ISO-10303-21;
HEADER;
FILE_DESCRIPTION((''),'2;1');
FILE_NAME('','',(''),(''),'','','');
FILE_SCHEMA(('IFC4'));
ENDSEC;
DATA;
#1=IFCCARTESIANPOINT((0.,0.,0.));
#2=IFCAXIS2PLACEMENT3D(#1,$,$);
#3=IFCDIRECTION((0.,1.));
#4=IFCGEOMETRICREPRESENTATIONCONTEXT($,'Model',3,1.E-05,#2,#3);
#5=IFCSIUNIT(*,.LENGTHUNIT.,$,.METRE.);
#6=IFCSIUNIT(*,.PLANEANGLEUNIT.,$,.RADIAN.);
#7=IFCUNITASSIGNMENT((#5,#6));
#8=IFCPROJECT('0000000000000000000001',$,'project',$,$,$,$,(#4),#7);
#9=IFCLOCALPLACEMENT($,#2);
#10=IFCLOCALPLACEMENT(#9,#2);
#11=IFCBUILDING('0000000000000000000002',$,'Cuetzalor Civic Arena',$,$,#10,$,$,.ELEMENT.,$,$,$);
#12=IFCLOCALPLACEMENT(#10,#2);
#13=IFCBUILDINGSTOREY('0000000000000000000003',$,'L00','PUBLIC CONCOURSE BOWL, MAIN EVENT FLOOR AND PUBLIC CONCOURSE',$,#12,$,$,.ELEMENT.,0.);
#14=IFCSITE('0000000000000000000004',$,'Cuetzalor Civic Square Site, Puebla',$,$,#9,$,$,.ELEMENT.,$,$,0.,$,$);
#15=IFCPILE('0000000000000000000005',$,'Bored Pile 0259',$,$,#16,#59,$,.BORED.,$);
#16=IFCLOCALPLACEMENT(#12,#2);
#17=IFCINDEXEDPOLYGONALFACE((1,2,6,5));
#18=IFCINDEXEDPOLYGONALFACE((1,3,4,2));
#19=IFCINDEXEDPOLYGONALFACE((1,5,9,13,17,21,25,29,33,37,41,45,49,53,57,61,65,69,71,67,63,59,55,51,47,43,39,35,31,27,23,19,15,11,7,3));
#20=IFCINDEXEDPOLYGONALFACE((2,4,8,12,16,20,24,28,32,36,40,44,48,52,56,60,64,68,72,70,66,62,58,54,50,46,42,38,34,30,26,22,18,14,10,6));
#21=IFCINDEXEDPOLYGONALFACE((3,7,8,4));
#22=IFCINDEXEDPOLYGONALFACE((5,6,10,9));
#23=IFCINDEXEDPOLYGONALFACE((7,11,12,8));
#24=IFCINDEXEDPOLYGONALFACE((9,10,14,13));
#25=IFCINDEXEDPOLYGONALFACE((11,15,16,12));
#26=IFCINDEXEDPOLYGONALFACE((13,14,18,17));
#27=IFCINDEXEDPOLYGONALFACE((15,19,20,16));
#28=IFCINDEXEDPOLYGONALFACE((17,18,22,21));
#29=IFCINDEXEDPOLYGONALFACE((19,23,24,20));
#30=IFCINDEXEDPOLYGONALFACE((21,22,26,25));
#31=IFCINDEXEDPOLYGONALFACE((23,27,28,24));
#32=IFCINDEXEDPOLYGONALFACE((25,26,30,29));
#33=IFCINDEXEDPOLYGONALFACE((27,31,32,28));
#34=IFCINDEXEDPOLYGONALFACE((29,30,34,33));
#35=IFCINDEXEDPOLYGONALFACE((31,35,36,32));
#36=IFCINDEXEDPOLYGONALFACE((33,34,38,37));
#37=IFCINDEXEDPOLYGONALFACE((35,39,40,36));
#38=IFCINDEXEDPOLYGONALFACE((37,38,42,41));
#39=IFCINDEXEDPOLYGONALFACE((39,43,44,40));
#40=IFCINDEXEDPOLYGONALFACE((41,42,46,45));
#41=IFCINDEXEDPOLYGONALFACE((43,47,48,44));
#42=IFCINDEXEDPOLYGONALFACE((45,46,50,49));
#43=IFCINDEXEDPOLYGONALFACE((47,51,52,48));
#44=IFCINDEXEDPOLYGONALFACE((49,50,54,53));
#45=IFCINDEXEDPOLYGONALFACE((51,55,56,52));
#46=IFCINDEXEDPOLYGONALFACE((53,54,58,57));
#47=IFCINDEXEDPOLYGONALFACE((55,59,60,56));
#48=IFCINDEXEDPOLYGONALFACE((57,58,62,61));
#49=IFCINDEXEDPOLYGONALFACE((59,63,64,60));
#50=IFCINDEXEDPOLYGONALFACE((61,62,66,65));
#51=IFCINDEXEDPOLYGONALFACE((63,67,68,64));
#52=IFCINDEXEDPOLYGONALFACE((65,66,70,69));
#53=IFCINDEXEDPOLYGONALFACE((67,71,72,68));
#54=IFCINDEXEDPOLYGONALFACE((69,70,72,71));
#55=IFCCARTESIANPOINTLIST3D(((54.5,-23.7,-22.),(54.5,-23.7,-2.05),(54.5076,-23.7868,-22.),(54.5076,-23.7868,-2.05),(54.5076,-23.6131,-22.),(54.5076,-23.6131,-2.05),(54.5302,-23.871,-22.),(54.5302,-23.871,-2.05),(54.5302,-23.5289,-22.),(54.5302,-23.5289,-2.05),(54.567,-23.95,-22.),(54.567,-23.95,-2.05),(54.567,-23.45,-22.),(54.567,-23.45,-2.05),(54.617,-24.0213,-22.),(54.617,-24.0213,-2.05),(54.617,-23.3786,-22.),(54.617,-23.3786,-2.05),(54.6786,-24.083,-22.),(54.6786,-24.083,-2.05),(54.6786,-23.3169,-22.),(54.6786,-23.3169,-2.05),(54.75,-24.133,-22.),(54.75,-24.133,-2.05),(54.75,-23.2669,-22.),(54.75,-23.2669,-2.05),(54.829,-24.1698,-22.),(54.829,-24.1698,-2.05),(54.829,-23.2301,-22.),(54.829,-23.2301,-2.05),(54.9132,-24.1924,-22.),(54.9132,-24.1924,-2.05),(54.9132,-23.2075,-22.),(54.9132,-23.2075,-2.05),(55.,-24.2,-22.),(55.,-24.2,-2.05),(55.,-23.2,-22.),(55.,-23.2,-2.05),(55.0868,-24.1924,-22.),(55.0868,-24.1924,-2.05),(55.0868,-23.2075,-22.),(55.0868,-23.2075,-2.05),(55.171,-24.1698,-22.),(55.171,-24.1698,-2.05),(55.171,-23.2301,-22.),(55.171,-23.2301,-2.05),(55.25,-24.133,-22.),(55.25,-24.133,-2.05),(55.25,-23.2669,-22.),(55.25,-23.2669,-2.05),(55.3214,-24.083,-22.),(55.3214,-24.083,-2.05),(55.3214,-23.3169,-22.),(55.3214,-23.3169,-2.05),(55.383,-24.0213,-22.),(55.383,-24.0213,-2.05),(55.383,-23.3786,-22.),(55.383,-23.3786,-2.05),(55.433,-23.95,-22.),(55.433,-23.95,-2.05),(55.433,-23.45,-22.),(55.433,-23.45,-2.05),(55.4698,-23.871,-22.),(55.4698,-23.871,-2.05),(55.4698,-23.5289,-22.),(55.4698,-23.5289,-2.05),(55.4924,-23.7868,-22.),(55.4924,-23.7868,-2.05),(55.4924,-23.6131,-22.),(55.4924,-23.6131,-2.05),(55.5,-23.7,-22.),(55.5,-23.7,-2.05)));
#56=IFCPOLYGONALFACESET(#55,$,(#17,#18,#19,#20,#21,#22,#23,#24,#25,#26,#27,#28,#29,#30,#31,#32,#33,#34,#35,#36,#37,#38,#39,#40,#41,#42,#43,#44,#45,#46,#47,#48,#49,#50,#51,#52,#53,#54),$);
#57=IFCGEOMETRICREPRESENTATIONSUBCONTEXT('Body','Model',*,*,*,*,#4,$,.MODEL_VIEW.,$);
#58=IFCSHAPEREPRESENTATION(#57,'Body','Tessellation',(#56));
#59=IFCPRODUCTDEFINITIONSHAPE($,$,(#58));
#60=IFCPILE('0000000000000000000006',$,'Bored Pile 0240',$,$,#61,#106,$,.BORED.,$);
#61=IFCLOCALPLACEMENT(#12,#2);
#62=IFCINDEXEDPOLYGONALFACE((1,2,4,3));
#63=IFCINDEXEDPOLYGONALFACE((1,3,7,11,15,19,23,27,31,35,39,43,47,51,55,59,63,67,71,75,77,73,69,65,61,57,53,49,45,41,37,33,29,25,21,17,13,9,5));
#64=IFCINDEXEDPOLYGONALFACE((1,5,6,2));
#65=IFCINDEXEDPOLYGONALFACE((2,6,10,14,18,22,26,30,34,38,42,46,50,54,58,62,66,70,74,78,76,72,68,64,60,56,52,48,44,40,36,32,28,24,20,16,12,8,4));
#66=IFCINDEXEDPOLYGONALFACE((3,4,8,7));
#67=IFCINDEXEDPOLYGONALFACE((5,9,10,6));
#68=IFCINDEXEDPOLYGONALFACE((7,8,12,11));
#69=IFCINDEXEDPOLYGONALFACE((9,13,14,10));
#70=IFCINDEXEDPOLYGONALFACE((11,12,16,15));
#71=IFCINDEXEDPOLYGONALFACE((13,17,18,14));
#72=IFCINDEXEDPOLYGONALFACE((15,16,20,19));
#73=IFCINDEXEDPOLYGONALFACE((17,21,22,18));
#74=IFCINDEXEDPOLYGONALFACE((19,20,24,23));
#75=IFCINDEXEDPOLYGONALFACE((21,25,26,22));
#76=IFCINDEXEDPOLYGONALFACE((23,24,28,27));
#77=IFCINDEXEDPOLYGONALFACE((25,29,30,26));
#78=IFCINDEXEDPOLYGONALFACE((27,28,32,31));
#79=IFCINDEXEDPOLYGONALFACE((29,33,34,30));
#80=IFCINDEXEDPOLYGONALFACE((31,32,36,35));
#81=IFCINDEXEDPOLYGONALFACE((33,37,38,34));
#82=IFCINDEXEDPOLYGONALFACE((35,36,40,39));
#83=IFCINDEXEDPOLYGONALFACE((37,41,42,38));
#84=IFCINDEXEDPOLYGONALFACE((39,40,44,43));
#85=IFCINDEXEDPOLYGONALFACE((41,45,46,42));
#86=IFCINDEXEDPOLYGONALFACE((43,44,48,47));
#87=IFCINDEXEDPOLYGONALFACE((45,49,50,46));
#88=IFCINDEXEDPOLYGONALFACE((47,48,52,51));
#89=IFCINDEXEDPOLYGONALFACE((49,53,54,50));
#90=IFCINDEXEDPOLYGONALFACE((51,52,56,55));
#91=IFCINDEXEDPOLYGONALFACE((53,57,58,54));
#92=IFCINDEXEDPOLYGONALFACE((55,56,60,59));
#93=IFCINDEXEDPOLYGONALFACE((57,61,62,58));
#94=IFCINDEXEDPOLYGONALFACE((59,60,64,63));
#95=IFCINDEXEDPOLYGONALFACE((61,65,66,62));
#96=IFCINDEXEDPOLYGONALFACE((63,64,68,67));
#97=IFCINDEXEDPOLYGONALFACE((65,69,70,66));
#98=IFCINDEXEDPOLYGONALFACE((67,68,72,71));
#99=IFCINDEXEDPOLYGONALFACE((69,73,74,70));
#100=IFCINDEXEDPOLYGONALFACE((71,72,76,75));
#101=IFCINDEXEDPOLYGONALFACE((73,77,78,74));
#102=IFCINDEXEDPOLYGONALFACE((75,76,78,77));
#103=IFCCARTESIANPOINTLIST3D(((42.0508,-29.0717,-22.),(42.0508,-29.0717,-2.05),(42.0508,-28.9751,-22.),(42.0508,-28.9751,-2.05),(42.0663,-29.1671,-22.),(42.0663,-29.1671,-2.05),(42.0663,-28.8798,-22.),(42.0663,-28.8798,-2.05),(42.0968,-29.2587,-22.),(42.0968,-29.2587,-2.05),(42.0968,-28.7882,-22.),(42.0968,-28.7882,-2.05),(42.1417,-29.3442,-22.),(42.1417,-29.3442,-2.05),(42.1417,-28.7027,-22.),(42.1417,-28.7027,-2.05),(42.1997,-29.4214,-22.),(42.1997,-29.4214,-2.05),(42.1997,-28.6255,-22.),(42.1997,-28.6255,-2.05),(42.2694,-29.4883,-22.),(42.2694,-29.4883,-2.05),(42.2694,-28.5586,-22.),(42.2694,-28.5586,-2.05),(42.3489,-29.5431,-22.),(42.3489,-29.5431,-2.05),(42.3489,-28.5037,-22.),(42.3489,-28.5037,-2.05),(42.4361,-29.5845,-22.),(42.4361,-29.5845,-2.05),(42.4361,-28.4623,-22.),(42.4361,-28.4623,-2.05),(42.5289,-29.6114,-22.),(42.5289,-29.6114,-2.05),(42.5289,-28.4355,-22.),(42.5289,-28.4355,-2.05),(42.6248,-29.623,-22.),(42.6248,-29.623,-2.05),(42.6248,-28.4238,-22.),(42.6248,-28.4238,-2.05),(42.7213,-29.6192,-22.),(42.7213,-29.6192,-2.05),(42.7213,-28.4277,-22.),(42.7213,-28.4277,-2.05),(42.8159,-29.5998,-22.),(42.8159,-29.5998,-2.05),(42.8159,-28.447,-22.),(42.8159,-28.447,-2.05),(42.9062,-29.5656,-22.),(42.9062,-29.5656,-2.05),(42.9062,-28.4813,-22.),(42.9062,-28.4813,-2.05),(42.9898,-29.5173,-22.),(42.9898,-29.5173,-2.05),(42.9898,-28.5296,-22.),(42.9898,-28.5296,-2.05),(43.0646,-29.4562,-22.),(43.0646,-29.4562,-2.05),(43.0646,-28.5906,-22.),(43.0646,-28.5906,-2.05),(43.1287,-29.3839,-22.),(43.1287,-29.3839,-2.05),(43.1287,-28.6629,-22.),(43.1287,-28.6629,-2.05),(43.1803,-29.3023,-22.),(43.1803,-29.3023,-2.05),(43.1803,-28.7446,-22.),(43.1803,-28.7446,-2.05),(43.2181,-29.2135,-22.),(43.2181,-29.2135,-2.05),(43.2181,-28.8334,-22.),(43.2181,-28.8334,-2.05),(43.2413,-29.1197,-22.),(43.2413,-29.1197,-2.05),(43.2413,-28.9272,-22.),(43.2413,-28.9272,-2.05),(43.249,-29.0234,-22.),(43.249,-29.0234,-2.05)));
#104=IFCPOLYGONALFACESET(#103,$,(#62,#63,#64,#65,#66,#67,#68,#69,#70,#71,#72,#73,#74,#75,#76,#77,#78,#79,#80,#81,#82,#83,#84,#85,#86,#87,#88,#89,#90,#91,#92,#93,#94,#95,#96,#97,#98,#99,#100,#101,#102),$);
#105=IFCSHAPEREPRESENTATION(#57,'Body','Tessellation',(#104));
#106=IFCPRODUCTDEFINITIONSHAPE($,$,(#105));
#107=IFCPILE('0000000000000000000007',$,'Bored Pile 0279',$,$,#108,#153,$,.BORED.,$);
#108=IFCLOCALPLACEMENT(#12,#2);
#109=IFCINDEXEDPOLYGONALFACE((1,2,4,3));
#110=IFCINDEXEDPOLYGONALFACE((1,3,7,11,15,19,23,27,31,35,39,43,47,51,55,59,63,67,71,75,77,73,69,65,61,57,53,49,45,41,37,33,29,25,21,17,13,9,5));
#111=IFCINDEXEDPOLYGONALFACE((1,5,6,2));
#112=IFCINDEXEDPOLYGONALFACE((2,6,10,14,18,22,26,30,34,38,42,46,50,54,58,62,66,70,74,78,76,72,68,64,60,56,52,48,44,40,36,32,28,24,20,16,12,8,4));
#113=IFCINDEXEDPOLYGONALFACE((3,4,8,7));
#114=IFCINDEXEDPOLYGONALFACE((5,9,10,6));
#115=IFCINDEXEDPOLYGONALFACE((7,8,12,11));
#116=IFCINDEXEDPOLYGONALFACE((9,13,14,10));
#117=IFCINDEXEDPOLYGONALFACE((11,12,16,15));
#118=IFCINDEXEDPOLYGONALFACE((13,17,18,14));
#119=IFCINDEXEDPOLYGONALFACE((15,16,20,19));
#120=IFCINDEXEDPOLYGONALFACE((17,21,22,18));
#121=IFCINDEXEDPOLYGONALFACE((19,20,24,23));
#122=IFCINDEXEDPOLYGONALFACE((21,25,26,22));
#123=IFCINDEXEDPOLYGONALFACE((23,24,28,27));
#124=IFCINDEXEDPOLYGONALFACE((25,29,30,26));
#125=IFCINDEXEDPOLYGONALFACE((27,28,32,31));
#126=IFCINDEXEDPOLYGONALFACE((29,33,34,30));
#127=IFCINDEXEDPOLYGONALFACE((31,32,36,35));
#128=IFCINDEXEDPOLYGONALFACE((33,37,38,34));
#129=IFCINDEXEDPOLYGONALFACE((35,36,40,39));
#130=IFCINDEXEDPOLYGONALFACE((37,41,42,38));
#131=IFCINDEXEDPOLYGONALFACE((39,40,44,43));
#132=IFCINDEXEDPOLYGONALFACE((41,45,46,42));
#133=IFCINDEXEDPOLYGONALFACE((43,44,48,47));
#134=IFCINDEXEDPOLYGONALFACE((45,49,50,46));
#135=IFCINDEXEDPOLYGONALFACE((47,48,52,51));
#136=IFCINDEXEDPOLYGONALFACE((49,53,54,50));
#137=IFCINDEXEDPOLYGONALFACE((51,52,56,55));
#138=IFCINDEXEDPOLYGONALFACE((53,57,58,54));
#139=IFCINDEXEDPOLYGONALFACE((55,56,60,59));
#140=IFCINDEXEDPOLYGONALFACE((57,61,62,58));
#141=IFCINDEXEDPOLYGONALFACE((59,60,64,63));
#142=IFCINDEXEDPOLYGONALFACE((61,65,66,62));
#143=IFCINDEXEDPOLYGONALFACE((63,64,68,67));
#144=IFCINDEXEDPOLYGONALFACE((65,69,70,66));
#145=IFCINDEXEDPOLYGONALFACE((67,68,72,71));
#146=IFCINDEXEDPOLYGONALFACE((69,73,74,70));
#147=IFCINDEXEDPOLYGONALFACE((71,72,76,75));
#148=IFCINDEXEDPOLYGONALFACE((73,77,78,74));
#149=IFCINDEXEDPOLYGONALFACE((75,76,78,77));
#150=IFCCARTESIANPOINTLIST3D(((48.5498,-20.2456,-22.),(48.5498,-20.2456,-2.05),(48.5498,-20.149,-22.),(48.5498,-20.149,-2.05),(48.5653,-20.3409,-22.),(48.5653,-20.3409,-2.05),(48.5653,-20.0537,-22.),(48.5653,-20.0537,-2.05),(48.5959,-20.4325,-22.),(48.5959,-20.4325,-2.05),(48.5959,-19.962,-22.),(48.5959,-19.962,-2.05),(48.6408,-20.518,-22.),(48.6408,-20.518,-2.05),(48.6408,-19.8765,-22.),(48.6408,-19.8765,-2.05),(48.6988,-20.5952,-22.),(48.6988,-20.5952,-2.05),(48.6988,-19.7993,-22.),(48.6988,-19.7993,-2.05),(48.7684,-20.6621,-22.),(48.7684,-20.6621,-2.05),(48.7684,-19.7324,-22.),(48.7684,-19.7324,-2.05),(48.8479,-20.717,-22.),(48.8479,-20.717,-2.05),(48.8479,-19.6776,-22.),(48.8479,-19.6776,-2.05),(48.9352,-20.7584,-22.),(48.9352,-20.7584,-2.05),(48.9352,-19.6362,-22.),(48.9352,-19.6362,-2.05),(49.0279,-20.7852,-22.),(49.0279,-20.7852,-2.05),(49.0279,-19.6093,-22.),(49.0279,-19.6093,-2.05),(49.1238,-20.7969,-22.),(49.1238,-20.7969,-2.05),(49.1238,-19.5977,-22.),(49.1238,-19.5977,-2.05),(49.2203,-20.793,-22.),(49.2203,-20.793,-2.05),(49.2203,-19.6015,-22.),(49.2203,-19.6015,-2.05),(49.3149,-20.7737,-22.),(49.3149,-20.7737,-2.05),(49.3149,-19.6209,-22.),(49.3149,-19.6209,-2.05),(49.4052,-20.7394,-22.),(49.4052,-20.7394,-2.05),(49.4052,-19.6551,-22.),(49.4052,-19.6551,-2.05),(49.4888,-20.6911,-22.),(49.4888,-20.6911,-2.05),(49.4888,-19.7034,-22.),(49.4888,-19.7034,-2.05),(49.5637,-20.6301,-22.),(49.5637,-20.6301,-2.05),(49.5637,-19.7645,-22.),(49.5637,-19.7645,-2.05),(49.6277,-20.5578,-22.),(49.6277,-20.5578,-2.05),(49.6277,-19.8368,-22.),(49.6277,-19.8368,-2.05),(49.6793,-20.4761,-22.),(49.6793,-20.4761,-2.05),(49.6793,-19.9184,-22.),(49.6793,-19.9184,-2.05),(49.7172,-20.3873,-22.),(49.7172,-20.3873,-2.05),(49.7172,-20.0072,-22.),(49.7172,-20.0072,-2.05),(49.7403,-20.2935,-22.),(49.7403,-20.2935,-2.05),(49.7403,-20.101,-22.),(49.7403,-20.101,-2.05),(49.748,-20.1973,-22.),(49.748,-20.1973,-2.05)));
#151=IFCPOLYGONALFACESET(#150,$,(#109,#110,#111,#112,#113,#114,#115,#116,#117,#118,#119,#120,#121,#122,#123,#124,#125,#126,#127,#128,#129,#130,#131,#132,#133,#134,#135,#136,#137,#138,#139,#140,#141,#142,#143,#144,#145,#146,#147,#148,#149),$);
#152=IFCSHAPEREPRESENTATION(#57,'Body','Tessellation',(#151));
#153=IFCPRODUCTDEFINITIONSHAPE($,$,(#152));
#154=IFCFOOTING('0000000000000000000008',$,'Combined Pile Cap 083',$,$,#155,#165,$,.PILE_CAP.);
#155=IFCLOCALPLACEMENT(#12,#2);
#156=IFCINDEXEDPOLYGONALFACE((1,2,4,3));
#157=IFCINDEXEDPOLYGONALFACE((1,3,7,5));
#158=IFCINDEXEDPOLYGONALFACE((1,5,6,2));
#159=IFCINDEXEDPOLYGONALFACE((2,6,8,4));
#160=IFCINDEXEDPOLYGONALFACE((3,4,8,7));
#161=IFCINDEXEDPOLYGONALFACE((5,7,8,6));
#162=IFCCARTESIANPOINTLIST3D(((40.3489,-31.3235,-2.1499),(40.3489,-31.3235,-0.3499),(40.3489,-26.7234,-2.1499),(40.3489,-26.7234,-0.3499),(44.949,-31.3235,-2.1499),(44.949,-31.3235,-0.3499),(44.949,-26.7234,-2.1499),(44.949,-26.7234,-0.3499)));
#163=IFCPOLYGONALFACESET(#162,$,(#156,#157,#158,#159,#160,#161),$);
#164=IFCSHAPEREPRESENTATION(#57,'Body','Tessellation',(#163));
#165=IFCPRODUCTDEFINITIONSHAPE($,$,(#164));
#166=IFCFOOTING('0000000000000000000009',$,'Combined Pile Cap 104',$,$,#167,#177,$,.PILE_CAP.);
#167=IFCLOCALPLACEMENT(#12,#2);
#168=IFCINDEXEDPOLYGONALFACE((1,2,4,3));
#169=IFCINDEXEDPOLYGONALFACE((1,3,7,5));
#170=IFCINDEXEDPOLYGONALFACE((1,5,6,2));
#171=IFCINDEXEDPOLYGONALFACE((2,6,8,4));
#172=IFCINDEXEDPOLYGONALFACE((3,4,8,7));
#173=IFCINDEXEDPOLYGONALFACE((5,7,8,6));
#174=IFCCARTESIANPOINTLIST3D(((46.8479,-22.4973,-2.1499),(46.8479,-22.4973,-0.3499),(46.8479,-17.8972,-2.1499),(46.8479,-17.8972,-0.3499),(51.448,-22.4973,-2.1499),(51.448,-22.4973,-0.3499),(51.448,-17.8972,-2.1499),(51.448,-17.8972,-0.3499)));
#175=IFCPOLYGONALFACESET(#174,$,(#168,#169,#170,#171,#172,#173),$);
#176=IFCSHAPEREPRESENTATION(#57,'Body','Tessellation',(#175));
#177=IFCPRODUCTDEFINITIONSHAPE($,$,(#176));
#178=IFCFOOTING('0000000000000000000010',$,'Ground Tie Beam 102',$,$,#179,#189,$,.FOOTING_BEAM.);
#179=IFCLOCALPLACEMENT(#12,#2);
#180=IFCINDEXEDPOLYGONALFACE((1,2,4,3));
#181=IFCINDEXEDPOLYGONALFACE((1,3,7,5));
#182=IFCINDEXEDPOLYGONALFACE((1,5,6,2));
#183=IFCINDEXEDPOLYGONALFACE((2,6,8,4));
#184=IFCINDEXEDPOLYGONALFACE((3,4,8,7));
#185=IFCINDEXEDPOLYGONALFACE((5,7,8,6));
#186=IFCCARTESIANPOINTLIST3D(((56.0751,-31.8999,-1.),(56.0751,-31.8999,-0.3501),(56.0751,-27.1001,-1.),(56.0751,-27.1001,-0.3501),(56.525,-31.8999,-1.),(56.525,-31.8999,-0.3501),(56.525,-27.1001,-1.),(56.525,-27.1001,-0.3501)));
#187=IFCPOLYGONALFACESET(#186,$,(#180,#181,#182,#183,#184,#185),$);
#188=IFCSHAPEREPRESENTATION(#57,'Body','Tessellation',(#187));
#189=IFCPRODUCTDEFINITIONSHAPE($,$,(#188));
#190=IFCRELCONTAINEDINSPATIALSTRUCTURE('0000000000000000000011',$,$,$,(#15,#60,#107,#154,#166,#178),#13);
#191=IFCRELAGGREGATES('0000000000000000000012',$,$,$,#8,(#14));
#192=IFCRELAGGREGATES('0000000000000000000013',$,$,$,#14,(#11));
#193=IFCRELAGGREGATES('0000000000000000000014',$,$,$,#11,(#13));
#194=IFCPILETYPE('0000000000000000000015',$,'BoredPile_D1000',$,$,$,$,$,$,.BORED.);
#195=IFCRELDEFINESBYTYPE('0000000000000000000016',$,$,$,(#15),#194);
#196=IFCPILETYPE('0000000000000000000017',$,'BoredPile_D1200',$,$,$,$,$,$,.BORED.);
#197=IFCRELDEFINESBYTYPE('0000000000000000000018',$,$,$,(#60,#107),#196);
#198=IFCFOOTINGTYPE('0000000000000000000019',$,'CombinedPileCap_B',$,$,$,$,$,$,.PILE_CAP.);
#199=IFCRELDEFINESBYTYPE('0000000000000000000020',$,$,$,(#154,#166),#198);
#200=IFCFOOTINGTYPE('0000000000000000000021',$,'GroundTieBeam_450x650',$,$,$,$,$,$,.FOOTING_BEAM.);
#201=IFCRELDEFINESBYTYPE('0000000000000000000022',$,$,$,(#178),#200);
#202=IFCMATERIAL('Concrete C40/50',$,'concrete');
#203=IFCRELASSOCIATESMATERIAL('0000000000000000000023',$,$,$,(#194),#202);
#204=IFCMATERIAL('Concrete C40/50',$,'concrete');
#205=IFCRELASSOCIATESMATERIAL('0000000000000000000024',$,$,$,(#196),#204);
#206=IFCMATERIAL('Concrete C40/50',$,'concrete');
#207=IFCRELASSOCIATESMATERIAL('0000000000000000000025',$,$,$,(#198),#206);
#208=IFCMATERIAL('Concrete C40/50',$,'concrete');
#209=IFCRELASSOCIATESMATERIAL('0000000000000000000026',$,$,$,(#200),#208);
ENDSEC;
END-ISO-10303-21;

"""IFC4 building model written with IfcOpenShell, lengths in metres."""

from ifc_helpers import new_model, si_unit, direction, frame, origin, origin_2d, place, context, subcontext, project, spatial, rectangle, circle, extrude, material, material_profile, profile_set, type_object, element, save


model = new_model("IFC4")

# Units and contexts
model_context = context("Model", 3, precision=1e-05, world=origin(), true_north=direction((0.0, 1.0)))
body_context = subcontext(model_context, "Body", "Model", "MODEL_VIEW")
ifc_project = project(units=[si_unit("LENGTHUNIT", "METRE"), si_unit("PLANEANGLEUNIT", "RADIAN")], contexts=[model_context])

# Site, building, storey
site_placement = place(None, origin())
site = spatial("IfcSite", under=ifc_project, at=site_placement, Name="Cuetzalor Civic Square Site, Puebla", CompositionType="ELEMENT", RefElevation=0.0)
building_placement = place(site_placement, origin())
building = spatial("IfcBuilding", under=site, at=building_placement, Name="Cuetzalor Civic Arena", CompositionType="ELEMENT")
storey_placement = place(building_placement, origin())
storey = spatial("IfcBuildingStorey", under=building, at=storey_placement, Name="L00", Description="PUBLIC CONCOURSE BOWL, MAIN EVENT FLOOR AND PUBLIC CONCOURSE", CompositionType="ELEMENT", Elevation=0.0)

# Piles
ifc_material_1 = material(Name="Concrete C40/50", Category="concrete")
ifc_material_profile_1 = material_profile(ifc_material_1, circle(Radius=0.5, at=origin_2d()), Name="BORED PILE D1000")
ifc_profile_set_1 = profile_set([ifc_material_profile_1], Name="Concrete C40/50")
pile_type_1 = type_object("IfcPileType", Name="BoredPile_D1000", PredefinedType="BORED", material=ifc_profile_set_1)
for number, where, z_axis, x_axis, name in (
    (1, (55.0, -23.7, -2.05), (0.0, 0.0, -1.0), (1.0, 0.0, 0.0), "Bored Pile 0259"),
):
    element("IfcPile", number, at=place(storey_placement, frame(where, z_axis=z_axis, x_axis=x_axis)), inside=storey, type_object=pile_type_1, Name=name, PredefinedType="BORED", context=body_context, shape_type="SweptSolid", body=[
        extrude(circle(Radius=0.5, at=origin_2d()), origin(), (0.0, 0.0, 1.0), 19.95),
    ])
ifc_material_2 = material(Name="Concrete C40/50", Category="concrete")
ifc_material_profile_2 = material_profile(ifc_material_2, circle(Radius=0.6001, at=origin_2d()), Name="BORED PILE D1200")
ifc_profile_set_2 = profile_set([ifc_material_profile_2], Name="Concrete C40/50")
pile_type_2 = type_object("IfcPileType", Name="BoredPile_D1200", PredefinedType="BORED", material=ifc_profile_set_2)
for number, where, z_axis, x_axis, name in (
    (2, (42.6489, -29.0234, -2.05), (0.0, 0.0, -1.0), (1.0, 0.0, 0.0), "Bored Pile 0240"),
    (3, (49.1479, -20.1973, -2.05), (0.0, 0.0, -1.0), (1.0, 0.0, 0.0), "Bored Pile 0279"),
):
    element("IfcPile", number, at=place(storey_placement, frame(where, z_axis=z_axis, x_axis=x_axis)), inside=storey, type_object=pile_type_2, Name=name, PredefinedType="BORED", context=body_context, shape_type="SweptSolid", body=[
        extrude(circle(Radius=0.6001, at=origin_2d()), origin(), (0.0, 0.0, 1.0), 19.95),
    ])

# Footings
ifc_material_3 = material(Name="Concrete C40/50", Category="concrete")
footing_type_1 = type_object("IfcFootingType", Name="CombinedPileCap_B", PredefinedType="PILE_CAP", material=ifc_material_3)
for number, where, z_axis, x_axis, name in (
    (4, (42.6489, -29.0234, -2.1499), (0.0, 0.0, 1.0), (1.0, 0.0, 0.0), "Combined Pile Cap 083"),
    (5, (49.1479, -20.1973, -2.1499), (0.0, 0.0, 1.0), (1.0, 0.0, 0.0), "Combined Pile Cap 104"),
):
    element("IfcFooting", number, at=place(storey_placement, frame(where, z_axis=z_axis, x_axis=x_axis)), inside=storey, type_object=footing_type_1, Name=name, PredefinedType="PILE_CAP", context=body_context, shape_type="SweptSolid", body=[
        extrude(rectangle(XDim=4.6001, YDim=4.6001, at=origin_2d()), origin(), (0.0, 0.0, 1.0), 1.8),
    ])
ifc_material_4 = material(Name="Concrete C40/50", Category="concrete")
ifc_material_profile_3 = material_profile(ifc_material_4, rectangle(XDim=0.45, YDim=0.6499, at=origin_2d()), Name="RC 450x650")
ifc_profile_set_3 = profile_set([ifc_material_profile_3], Name="Concrete C40/50")
footing_type_2 = type_object("IfcFootingType", Name="GroundTieBeam_450x650", PredefinedType="FOOTING_BEAM", material=ifc_profile_set_3)
footing_placement = place(storey_placement, frame((56.3, -31.8999, -0.675), z_axis=(0.0, 1.0, 0.0), x_axis=(-1.0, 0.0, 0.0)))
element("IfcFooting", 6, at=footing_placement, inside=storey, type_object=footing_type_2, Name="Ground Tie Beam 102", PredefinedType="FOOTING_BEAM", context=body_context, shape_type="SweptSolid", body=[
    extrude(rectangle(XDim=0.45, YDim=0.6499, at=origin_2d()), origin(), (0.0, 0.0, 1.0), 4.7998),
])

save(model, "model.ifc")
